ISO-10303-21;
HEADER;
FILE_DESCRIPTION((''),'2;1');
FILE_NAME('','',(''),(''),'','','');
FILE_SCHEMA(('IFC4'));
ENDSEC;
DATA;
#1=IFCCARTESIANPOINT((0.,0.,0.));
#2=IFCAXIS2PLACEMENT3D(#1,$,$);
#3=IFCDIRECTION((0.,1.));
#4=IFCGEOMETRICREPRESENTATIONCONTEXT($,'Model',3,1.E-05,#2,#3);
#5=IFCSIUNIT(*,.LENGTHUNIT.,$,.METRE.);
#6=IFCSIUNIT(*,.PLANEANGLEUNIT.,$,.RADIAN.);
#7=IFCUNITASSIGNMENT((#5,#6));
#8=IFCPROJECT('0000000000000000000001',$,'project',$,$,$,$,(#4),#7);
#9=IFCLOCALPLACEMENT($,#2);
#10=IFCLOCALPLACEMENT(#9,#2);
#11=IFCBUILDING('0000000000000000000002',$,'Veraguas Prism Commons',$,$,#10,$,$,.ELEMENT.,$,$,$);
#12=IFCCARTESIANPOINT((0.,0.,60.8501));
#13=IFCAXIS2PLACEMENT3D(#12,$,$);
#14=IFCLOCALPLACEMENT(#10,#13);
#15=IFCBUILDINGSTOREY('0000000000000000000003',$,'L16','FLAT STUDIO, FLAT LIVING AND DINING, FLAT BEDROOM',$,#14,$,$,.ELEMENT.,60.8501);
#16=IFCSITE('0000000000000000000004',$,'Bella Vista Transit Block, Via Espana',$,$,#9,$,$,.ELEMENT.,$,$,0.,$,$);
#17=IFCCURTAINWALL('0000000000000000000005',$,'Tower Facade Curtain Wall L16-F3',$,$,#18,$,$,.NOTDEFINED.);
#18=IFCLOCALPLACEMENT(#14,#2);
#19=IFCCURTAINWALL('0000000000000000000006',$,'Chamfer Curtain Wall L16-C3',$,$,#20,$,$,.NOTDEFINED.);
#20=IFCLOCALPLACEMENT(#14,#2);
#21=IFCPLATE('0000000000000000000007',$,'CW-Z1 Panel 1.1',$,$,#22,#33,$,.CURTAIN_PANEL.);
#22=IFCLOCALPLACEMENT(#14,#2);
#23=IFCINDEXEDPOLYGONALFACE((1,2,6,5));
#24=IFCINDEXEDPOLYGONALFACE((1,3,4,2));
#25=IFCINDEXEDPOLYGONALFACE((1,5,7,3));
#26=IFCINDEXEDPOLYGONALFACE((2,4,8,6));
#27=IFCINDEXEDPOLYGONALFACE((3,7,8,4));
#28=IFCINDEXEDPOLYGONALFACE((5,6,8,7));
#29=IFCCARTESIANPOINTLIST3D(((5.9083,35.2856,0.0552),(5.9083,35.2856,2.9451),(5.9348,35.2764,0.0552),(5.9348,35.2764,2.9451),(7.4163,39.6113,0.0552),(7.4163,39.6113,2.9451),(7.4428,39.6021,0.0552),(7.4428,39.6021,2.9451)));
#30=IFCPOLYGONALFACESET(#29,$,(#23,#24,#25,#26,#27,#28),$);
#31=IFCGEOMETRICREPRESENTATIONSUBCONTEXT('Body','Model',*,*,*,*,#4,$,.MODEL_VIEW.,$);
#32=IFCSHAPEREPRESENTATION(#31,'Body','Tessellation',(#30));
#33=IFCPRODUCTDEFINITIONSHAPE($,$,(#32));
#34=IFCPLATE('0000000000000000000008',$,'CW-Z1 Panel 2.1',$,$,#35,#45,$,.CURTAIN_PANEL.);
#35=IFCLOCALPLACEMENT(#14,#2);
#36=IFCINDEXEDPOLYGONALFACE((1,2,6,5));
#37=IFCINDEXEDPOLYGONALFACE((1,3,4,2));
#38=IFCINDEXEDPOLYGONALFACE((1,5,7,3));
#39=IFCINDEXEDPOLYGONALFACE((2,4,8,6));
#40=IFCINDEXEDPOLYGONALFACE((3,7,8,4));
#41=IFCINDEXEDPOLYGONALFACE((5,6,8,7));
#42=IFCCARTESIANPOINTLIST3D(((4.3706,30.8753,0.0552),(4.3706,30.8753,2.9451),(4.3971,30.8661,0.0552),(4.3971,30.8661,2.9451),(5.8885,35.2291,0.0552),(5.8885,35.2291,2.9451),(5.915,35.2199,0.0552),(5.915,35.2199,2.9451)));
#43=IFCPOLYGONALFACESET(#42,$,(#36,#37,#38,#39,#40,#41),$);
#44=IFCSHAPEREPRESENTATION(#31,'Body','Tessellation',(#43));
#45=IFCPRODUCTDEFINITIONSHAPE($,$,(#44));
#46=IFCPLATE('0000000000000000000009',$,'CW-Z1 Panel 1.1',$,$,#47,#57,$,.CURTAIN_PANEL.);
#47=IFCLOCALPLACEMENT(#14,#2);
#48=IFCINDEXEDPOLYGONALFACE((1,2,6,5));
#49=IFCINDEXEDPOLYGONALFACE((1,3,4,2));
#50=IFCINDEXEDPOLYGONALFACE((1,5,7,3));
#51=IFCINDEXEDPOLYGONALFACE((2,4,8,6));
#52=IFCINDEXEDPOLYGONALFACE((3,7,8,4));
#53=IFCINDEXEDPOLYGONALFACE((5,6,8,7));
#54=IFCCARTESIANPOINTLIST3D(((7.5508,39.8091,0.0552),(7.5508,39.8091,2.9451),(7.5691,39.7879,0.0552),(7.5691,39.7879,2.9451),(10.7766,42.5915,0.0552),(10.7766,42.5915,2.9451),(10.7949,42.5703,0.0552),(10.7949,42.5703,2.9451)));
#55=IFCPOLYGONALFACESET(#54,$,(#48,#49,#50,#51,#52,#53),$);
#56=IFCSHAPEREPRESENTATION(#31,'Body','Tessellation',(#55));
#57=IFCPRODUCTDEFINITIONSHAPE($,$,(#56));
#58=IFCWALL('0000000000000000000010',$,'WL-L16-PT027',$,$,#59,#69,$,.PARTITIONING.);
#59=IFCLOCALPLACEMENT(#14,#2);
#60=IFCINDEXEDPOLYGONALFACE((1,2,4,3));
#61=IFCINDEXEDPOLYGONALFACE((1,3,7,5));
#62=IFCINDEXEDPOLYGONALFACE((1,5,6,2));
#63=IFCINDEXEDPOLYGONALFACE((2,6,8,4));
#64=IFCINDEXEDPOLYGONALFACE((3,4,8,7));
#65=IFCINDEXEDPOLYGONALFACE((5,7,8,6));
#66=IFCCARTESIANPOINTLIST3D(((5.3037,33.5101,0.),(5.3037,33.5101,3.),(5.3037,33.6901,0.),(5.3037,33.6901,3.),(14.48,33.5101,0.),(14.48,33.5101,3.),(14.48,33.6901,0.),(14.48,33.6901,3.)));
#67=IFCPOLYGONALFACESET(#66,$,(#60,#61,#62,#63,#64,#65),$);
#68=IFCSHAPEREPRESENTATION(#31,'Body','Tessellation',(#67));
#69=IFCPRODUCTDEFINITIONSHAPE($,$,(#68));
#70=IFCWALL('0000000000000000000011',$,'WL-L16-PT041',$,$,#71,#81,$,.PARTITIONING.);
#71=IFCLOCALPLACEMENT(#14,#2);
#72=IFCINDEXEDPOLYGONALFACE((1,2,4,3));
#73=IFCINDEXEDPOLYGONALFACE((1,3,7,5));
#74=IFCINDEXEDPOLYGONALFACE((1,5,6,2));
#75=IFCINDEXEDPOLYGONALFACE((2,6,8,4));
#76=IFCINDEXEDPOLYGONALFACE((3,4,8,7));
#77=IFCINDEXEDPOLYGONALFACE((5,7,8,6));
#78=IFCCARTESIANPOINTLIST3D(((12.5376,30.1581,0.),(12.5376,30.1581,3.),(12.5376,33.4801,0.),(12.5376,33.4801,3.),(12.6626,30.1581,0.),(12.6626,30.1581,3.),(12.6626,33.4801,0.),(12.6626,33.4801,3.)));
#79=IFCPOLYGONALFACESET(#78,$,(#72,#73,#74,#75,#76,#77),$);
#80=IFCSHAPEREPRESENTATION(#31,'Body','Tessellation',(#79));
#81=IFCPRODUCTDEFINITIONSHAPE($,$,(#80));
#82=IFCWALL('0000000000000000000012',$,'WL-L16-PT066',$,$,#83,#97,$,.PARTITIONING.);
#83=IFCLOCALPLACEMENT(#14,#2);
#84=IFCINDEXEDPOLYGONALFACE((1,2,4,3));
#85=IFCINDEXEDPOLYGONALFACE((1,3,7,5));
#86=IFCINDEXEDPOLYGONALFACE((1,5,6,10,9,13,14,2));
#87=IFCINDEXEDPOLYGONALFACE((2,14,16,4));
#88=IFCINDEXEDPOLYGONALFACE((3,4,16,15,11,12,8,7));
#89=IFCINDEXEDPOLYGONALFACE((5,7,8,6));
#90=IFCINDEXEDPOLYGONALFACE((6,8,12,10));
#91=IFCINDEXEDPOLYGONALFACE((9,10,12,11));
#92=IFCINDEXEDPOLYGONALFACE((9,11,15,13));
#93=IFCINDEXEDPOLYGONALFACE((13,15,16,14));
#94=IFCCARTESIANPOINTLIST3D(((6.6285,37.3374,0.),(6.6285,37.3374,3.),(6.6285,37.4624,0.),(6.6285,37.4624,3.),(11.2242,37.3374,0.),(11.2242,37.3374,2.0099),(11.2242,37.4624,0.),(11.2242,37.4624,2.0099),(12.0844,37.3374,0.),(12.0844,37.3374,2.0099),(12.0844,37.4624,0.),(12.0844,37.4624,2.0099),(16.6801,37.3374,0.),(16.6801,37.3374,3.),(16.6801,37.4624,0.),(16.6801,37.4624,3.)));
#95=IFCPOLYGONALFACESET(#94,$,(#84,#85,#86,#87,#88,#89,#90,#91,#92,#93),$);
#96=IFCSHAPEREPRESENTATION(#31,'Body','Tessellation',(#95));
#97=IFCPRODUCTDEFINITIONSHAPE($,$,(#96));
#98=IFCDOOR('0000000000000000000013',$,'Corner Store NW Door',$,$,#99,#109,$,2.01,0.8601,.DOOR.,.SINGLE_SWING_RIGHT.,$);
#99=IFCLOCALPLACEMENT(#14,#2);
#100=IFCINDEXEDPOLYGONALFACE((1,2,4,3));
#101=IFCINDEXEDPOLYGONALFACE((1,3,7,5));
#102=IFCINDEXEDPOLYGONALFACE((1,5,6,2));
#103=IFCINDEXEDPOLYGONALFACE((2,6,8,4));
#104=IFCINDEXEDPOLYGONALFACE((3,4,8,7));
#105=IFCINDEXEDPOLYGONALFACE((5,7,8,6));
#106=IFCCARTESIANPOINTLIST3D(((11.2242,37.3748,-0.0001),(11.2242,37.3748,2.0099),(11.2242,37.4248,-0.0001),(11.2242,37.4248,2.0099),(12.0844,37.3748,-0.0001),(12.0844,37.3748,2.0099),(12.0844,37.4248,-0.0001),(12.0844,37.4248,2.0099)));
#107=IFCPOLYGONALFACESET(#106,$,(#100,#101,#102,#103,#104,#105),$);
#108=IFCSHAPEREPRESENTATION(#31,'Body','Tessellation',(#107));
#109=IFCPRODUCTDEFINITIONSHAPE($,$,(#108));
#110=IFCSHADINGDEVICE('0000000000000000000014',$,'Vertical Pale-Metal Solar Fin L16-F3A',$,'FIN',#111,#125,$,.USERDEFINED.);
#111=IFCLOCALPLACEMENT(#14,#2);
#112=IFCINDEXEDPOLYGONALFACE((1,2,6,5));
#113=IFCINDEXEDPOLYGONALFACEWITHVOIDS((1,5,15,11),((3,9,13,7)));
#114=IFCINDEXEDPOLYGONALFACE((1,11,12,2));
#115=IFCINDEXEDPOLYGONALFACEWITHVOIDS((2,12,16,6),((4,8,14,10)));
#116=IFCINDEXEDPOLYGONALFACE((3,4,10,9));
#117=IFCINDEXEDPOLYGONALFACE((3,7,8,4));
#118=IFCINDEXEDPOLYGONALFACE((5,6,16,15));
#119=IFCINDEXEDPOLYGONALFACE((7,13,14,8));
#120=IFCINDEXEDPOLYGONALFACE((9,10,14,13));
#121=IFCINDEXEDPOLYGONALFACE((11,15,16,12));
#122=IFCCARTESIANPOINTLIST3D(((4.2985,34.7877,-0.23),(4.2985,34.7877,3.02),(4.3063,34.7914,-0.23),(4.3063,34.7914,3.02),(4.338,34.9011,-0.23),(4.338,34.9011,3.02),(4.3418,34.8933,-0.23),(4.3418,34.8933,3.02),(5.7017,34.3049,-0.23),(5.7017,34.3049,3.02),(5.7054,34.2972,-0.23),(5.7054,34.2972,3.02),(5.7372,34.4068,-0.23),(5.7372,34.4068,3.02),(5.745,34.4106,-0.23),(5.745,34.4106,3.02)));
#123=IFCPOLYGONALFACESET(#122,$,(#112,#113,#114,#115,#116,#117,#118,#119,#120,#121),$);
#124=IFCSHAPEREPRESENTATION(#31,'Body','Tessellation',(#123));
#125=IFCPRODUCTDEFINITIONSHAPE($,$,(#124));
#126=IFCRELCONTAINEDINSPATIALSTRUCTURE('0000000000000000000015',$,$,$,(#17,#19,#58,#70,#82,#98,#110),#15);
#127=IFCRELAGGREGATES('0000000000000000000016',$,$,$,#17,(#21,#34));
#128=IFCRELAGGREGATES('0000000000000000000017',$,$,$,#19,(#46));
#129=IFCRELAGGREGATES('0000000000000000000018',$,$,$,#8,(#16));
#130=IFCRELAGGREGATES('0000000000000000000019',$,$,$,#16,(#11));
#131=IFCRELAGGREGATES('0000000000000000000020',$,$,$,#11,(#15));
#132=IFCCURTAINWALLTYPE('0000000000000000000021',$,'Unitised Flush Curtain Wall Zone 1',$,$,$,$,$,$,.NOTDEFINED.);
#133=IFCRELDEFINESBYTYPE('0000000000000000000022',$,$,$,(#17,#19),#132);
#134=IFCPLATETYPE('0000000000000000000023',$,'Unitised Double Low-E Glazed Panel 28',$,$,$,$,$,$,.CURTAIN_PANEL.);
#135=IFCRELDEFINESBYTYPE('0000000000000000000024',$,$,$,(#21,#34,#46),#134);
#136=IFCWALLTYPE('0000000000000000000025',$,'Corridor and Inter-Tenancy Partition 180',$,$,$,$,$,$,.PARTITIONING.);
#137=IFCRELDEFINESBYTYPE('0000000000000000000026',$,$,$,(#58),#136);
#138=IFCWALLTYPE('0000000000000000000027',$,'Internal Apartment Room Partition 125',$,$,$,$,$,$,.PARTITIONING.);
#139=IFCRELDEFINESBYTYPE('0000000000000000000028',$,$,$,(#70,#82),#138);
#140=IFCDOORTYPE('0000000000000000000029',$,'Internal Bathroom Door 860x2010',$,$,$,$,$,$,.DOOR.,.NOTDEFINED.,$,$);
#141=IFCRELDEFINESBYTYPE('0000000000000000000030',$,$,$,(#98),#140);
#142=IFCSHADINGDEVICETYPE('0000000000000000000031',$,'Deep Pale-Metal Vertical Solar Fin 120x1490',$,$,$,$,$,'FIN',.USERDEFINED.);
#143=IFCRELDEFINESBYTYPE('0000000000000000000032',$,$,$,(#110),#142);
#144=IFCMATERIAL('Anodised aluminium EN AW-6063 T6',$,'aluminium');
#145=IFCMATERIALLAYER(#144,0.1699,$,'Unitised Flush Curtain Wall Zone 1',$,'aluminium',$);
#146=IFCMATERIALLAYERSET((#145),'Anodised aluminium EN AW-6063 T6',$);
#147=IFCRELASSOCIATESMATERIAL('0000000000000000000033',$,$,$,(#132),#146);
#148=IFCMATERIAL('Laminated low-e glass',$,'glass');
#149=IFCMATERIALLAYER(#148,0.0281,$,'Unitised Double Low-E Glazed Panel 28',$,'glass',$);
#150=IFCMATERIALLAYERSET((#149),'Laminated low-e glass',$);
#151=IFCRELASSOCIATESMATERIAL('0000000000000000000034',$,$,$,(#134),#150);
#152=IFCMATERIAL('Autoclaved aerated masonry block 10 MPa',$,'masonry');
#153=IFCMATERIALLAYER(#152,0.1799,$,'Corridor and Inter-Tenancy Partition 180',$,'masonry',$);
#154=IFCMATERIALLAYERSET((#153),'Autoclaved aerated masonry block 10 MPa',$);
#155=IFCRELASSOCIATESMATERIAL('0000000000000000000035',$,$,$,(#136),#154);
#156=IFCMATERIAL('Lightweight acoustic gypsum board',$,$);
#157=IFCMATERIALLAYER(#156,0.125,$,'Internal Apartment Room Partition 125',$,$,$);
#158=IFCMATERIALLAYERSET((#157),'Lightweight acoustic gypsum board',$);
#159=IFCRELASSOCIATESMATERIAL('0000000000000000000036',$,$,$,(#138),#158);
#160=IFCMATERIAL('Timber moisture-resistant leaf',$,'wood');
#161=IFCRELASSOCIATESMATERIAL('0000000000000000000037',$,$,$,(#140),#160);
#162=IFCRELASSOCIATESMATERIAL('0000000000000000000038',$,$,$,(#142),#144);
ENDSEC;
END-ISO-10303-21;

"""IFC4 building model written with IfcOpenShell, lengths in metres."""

from ifc_helpers import new_model, si_unit, direction, frame, frame_2d, origin, origin_2d, place, context, subcontext, project, spatial, rectangle, hollow_rectangle, extrude, source, transform, mapped, material, layer, layer_set, material_profile, profile_set, type_object, element, fill, aggregate, save


model = new_model("IFC4")

# Units and contexts
model_context = context("Model", 3, precision=1e-05, world=origin(), true_north=direction((0.0, 1.0)))
body_context = subcontext(model_context, "Body", "Model", "MODEL_VIEW")
ifc_project = project(units=[si_unit("LENGTHUNIT", "METRE"), si_unit("PLANEANGLEUNIT", "RADIAN")], contexts=[model_context])

# Site, building, storey
site_placement = place(None, origin())
site = spatial("IfcSite", under=ifc_project, at=site_placement, Name="Bella Vista Transit Block, Via Espana", CompositionType="ELEMENT", RefElevation=0.0)
building_placement = place(site_placement, origin())
building = spatial("IfcBuilding", under=site, at=building_placement, Name="Veraguas Prism Commons", CompositionType="ELEMENT")
storey_placement = place(building_placement, frame((0.0, 0.0, 60.8501)))
storey = spatial("IfcBuildingStorey", under=building, at=storey_placement, Name="L16", Description="FLAT STUDIO, FLAT LIVING AND DINING, FLAT BEDROOM", CompositionType="ELEMENT", Elevation=60.8501)

# Curtain wall
ifc_material_1 = material(Name="Anodised aluminium EN AW-6063 T6", Category="aluminium")
ifc_layer_1 = layer(ifc_material_1, 0.1699, Name="Unitised Flush Curtain Wall Zone 1", Category="aluminium")
ifc_layer_set_1 = layer_set([ifc_layer_1], Name="Anodised aluminium EN AW-6063 T6")
curtain_wall_type = type_object("IfcCurtainWallType", Name="Unitised Flush Curtain Wall Zone 1", PredefinedType="NOTDEFINED", material=ifc_layer_set_1)
curtain_wall_1_placement = place(storey_placement, origin())
curtain_wall_1 = element("IfcCurtainWall", 1, at=curtain_wall_1_placement, inside=storey, type_object=curtain_wall_type, Name="Tower Facade Curtain Wall L16-F3", PredefinedType="NOTDEFINED")

# Curtain wall
curtain_wall_2_placement = place(storey_placement, origin())
curtain_wall_2 = element("IfcCurtainWall", 2, at=curtain_wall_2_placement, inside=storey, type_object=curtain_wall_type, Name="Chamfer Curtain Wall L16-C3", PredefinedType="NOTDEFINED")

# Plates
ifc_material_2 = material(Name="Laminated low-e glass", Category="glass")
ifc_layer_2 = layer(ifc_material_2, 0.0281, Name="Unitised Double Low-E Glazed Panel 28", Category="glass")
ifc_layer_set_2 = layer_set([ifc_layer_2], Name="Laminated low-e glass")
plate_type = type_object("IfcPlateType", Name="Unitised Double Low-E Glazed Panel 28", PredefinedType="CURTAIN_PANEL", material=ifc_layer_set_2)
shared_shape_1 = source(origin(), body_context, "Body", "SweptSolid", [
    extrude(rectangle(XDim=4.5811, YDim=0.0281, at=origin_2d()), origin(), (0.0, 0.0, 1.0), 2.8899),
])
plate_1_placement = place(storey_placement, frame((6.6755, 37.4438, 0.0552), z_axis=(0.0, 0.0, 1.0), x_axis=(-0.329195, -0.944262, 0.0)))
plate_1 = element("IfcPlate", 3, at=plate_1_placement, type_object=plate_type, Name="CW-Z1 Panel 1.1", PredefinedType="CURTAIN_PANEL", context=body_context, shape_type="MappedRepresentation", body=[
    mapped(shared_shape_1, transform((0.0, 0.0, 0.0), scale=1.0)),
])
shared_shape_2 = source(origin(), body_context, "Body", "SweptSolid", [
    extrude(rectangle(XDim=4.6108, YDim=0.0281, at=origin_2d()), origin(), (0.0, 0.0, 1.0), 2.8899),
])
plate_2_placement = place(storey_placement, frame((5.1428, 33.0476, 0.0552), z_axis=(0.0, 0.0, 1.0), x_axis=(-0.329195, -0.944262, 0.0)))
plate_2 = element("IfcPlate", 4, at=plate_2_placement, type_object=plate_type, Name="CW-Z1 Panel 2.1", PredefinedType="CURTAIN_PANEL", context=body_context, shape_type="MappedRepresentation", body=[
    mapped(shared_shape_2, transform((0.0, 0.0, 0.0), scale=1.0)),
])
aggregate(curtain_wall_1, [plate_1, plate_2])
shared_shape_3 = source(origin(), body_context, "Body", "SweptSolid", [
    extrude(rectangle(XDim=4.26, YDim=0.0281, at=origin_2d()), origin(), (0.0, 0.0, 1.0), 2.8899),
])
plate_3_placement = place(storey_placement, frame((9.1729, 41.1897, 0.0552), z_axis=(0.0, 0.0, 1.0), x_axis=(-0.757232, -0.653146, 0.0)))
plate_3 = element("IfcPlate", 5, at=plate_3_placement, type_object=plate_type, Name="CW-Z1 Panel 1.1", PredefinedType="CURTAIN_PANEL", context=body_context, shape_type="MappedRepresentation", body=[
    mapped(shared_shape_3, transform((0.0, 0.0, 0.0), scale=1.0)),
])
aggregate(curtain_wall_2, [plate_3])

# Walls
ifc_material_3 = material(Name="Autoclaved aerated masonry block 10 MPa", Category="masonry")
ifc_layer_3 = layer(ifc_material_3, 0.1799, Name="Corridor and Inter-Tenancy Partition 180", Category="masonry")
ifc_layer_set_3 = layer_set([ifc_layer_3], Name="Autoclaved aerated masonry block 10 MPa")
wall_type_1 = type_object("IfcWallType", Name="Corridor and Inter-Tenancy Partition 180", PredefinedType="PARTITIONING", material=ifc_layer_set_3)
wall_1_placement = place(storey_placement, frame((14.48, 33.6001, 0.0), z_axis=(0.0, 0.0, 1.0), x_axis=(-1.0, 0.0, 0.0)))
element("IfcWall", 6, at=wall_1_placement, inside=storey, type_object=wall_type_1, Name="WL-L16-PT027", PredefinedType="PARTITIONING", context=body_context, shape_type="SweptSolid", body=[
    extrude(rectangle(XDim=9.1763, YDim=0.1799, at=frame_2d((4.5881, 0.0))), origin(), (0.0, 0.0, 1.0), 3.0),
])
ifc_material_4 = material(Name="Lightweight acoustic gypsum board")
ifc_layer_4 = layer(ifc_material_4, 0.125, Name="Internal Apartment Room Partition 125")
ifc_layer_set_4 = layer_set([ifc_layer_4], Name="Lightweight acoustic gypsum board")
wall_type_2 = type_object("IfcWallType", Name="Internal Apartment Room Partition 125", PredefinedType="PARTITIONING", material=ifc_layer_set_4)
wall_2_placement = place(storey_placement, frame((12.6001, 30.158, 0.0), z_axis=(0.0, 0.0, 1.0), x_axis=(0.0, 1.0, 0.0)))
element("IfcWall", 7, at=wall_2_placement, inside=storey, type_object=wall_type_2, Name="WL-L16-PT041", PredefinedType="PARTITIONING", context=body_context, shape_type="SweptSolid", body=[
    extrude(rectangle(XDim=3.322, YDim=0.125, at=frame_2d((1.6611, 0.0))), origin(), (0.0, 0.0, 1.0), 3.0),
])

# Wall, opening, door
wall_3_placement = place(storey_placement, frame((6.6284, 37.3999, 0.0), z_axis=(0.0, 0.0, 1.0), x_axis=(1.0, 0.0, 0.0)))
wall_3 = element("IfcWall", 8, at=wall_3_placement, inside=storey, type_object=wall_type_2, Name="WL-L16-PT066", PredefinedType="PARTITIONING", context=body_context, shape_type="SweptSolid", body=[
    extrude(rectangle(XDim=10.0515, YDim=0.125, at=frame_2d((5.0259, 0.0))), origin(), (0.0, 0.0, 1.0), 3.0),
])
opening_placement = place(wall_3_placement, frame((4.5957, 0.0, 0.0)))
opening = element("IfcOpeningElement", 9, at=opening_placement, cuts=wall_3, PredefinedType="OPENING", context=body_context, shape_type="SweptSolid", body=[
    extrude(rectangle(XDim=0.8601, YDim=2.01, at=frame_2d((0.4302, 1.0049))), frame((0.0, 0.0725, 0.0), z_axis=(0.0, -1.0, 0.0), x_axis=(1.0, 0.0, 0.0)), (0.0, 0.0, 1.0), 0.145),
])
ifc_material_5 = material(Name="Timber moisture-resistant leaf", Category="wood")
door_type = type_object("IfcDoorType", Name="Internal Bathroom Door 860x2010", OperationType="NOTDEFINED", PredefinedType="DOOR", material=ifc_material_5)
shared_shape_4 = source(origin(), body_context, "Body", "SweptSolid", [
    extrude(rectangle(XDim=0.8601, YDim=2.01, at=frame_2d((0.4302, 1.0049))), frame((0.0, 0.0249, 0.0), z_axis=(0.0, -1.0, 0.0), x_axis=(1.0, 0.0, 0.0)), (0.0, 0.0, 1.0), 0.05),
])
door_placement = place(opening_placement, origin())
door = element("IfcDoor", 10, at=door_placement, inside=storey, type_object=door_type, Name="Corner Store NW Door", OperationType="SINGLE_SWING_RIGHT", OverallHeight=2.01, OverallWidth=0.8601, PredefinedType="DOOR", context=body_context, shape_type="MappedRepresentation", body=[
    mapped(shared_shape_4, transform((0.0, 0.0, 0.0), scale=1.0)),
])
fill(opening, door)

# Shading device
ifc_material_profile_1 = material_profile(ifc_material_1, hollow_rectangle(XDim=0.1201, YDim=1.49, WallThickness=0.0061, at=origin_2d()), Name="FIN120X1490X6")
ifc_profile_set_1 = profile_set([ifc_material_profile_1], Name="Anodised aluminium EN AW-6063 T6")
shading_device_type = type_object("IfcShadingDeviceType", Name="Deep Pale-Metal Vertical Solar Fin 120x1490", ElementType="FIN", PredefinedType="USERDEFINED", material=ifc_profile_set_1)
shading_device_placement = place(storey_placement, frame((5.0217, 34.5991, -0.23), z_axis=(0.0, 0.0, 1.0), x_axis=(-0.329198, -0.944261, 0.0)))
element("IfcShadingDevice", 11, at=shading_device_placement, inside=storey, type_object=shading_device_type, Name="Vertical Pale-Metal Solar Fin L16-F3A", ObjectType="FIN", PredefinedType="USERDEFINED", context=body_context, shape_type="SweptSolid", body=[
    extrude(hollow_rectangle(XDim=0.1201, YDim=1.49, WallThickness=0.0061, at=origin_2d()), origin(), (0.0, 0.0, 1.0), 3.25),
])

save(model, "model.ifc")
